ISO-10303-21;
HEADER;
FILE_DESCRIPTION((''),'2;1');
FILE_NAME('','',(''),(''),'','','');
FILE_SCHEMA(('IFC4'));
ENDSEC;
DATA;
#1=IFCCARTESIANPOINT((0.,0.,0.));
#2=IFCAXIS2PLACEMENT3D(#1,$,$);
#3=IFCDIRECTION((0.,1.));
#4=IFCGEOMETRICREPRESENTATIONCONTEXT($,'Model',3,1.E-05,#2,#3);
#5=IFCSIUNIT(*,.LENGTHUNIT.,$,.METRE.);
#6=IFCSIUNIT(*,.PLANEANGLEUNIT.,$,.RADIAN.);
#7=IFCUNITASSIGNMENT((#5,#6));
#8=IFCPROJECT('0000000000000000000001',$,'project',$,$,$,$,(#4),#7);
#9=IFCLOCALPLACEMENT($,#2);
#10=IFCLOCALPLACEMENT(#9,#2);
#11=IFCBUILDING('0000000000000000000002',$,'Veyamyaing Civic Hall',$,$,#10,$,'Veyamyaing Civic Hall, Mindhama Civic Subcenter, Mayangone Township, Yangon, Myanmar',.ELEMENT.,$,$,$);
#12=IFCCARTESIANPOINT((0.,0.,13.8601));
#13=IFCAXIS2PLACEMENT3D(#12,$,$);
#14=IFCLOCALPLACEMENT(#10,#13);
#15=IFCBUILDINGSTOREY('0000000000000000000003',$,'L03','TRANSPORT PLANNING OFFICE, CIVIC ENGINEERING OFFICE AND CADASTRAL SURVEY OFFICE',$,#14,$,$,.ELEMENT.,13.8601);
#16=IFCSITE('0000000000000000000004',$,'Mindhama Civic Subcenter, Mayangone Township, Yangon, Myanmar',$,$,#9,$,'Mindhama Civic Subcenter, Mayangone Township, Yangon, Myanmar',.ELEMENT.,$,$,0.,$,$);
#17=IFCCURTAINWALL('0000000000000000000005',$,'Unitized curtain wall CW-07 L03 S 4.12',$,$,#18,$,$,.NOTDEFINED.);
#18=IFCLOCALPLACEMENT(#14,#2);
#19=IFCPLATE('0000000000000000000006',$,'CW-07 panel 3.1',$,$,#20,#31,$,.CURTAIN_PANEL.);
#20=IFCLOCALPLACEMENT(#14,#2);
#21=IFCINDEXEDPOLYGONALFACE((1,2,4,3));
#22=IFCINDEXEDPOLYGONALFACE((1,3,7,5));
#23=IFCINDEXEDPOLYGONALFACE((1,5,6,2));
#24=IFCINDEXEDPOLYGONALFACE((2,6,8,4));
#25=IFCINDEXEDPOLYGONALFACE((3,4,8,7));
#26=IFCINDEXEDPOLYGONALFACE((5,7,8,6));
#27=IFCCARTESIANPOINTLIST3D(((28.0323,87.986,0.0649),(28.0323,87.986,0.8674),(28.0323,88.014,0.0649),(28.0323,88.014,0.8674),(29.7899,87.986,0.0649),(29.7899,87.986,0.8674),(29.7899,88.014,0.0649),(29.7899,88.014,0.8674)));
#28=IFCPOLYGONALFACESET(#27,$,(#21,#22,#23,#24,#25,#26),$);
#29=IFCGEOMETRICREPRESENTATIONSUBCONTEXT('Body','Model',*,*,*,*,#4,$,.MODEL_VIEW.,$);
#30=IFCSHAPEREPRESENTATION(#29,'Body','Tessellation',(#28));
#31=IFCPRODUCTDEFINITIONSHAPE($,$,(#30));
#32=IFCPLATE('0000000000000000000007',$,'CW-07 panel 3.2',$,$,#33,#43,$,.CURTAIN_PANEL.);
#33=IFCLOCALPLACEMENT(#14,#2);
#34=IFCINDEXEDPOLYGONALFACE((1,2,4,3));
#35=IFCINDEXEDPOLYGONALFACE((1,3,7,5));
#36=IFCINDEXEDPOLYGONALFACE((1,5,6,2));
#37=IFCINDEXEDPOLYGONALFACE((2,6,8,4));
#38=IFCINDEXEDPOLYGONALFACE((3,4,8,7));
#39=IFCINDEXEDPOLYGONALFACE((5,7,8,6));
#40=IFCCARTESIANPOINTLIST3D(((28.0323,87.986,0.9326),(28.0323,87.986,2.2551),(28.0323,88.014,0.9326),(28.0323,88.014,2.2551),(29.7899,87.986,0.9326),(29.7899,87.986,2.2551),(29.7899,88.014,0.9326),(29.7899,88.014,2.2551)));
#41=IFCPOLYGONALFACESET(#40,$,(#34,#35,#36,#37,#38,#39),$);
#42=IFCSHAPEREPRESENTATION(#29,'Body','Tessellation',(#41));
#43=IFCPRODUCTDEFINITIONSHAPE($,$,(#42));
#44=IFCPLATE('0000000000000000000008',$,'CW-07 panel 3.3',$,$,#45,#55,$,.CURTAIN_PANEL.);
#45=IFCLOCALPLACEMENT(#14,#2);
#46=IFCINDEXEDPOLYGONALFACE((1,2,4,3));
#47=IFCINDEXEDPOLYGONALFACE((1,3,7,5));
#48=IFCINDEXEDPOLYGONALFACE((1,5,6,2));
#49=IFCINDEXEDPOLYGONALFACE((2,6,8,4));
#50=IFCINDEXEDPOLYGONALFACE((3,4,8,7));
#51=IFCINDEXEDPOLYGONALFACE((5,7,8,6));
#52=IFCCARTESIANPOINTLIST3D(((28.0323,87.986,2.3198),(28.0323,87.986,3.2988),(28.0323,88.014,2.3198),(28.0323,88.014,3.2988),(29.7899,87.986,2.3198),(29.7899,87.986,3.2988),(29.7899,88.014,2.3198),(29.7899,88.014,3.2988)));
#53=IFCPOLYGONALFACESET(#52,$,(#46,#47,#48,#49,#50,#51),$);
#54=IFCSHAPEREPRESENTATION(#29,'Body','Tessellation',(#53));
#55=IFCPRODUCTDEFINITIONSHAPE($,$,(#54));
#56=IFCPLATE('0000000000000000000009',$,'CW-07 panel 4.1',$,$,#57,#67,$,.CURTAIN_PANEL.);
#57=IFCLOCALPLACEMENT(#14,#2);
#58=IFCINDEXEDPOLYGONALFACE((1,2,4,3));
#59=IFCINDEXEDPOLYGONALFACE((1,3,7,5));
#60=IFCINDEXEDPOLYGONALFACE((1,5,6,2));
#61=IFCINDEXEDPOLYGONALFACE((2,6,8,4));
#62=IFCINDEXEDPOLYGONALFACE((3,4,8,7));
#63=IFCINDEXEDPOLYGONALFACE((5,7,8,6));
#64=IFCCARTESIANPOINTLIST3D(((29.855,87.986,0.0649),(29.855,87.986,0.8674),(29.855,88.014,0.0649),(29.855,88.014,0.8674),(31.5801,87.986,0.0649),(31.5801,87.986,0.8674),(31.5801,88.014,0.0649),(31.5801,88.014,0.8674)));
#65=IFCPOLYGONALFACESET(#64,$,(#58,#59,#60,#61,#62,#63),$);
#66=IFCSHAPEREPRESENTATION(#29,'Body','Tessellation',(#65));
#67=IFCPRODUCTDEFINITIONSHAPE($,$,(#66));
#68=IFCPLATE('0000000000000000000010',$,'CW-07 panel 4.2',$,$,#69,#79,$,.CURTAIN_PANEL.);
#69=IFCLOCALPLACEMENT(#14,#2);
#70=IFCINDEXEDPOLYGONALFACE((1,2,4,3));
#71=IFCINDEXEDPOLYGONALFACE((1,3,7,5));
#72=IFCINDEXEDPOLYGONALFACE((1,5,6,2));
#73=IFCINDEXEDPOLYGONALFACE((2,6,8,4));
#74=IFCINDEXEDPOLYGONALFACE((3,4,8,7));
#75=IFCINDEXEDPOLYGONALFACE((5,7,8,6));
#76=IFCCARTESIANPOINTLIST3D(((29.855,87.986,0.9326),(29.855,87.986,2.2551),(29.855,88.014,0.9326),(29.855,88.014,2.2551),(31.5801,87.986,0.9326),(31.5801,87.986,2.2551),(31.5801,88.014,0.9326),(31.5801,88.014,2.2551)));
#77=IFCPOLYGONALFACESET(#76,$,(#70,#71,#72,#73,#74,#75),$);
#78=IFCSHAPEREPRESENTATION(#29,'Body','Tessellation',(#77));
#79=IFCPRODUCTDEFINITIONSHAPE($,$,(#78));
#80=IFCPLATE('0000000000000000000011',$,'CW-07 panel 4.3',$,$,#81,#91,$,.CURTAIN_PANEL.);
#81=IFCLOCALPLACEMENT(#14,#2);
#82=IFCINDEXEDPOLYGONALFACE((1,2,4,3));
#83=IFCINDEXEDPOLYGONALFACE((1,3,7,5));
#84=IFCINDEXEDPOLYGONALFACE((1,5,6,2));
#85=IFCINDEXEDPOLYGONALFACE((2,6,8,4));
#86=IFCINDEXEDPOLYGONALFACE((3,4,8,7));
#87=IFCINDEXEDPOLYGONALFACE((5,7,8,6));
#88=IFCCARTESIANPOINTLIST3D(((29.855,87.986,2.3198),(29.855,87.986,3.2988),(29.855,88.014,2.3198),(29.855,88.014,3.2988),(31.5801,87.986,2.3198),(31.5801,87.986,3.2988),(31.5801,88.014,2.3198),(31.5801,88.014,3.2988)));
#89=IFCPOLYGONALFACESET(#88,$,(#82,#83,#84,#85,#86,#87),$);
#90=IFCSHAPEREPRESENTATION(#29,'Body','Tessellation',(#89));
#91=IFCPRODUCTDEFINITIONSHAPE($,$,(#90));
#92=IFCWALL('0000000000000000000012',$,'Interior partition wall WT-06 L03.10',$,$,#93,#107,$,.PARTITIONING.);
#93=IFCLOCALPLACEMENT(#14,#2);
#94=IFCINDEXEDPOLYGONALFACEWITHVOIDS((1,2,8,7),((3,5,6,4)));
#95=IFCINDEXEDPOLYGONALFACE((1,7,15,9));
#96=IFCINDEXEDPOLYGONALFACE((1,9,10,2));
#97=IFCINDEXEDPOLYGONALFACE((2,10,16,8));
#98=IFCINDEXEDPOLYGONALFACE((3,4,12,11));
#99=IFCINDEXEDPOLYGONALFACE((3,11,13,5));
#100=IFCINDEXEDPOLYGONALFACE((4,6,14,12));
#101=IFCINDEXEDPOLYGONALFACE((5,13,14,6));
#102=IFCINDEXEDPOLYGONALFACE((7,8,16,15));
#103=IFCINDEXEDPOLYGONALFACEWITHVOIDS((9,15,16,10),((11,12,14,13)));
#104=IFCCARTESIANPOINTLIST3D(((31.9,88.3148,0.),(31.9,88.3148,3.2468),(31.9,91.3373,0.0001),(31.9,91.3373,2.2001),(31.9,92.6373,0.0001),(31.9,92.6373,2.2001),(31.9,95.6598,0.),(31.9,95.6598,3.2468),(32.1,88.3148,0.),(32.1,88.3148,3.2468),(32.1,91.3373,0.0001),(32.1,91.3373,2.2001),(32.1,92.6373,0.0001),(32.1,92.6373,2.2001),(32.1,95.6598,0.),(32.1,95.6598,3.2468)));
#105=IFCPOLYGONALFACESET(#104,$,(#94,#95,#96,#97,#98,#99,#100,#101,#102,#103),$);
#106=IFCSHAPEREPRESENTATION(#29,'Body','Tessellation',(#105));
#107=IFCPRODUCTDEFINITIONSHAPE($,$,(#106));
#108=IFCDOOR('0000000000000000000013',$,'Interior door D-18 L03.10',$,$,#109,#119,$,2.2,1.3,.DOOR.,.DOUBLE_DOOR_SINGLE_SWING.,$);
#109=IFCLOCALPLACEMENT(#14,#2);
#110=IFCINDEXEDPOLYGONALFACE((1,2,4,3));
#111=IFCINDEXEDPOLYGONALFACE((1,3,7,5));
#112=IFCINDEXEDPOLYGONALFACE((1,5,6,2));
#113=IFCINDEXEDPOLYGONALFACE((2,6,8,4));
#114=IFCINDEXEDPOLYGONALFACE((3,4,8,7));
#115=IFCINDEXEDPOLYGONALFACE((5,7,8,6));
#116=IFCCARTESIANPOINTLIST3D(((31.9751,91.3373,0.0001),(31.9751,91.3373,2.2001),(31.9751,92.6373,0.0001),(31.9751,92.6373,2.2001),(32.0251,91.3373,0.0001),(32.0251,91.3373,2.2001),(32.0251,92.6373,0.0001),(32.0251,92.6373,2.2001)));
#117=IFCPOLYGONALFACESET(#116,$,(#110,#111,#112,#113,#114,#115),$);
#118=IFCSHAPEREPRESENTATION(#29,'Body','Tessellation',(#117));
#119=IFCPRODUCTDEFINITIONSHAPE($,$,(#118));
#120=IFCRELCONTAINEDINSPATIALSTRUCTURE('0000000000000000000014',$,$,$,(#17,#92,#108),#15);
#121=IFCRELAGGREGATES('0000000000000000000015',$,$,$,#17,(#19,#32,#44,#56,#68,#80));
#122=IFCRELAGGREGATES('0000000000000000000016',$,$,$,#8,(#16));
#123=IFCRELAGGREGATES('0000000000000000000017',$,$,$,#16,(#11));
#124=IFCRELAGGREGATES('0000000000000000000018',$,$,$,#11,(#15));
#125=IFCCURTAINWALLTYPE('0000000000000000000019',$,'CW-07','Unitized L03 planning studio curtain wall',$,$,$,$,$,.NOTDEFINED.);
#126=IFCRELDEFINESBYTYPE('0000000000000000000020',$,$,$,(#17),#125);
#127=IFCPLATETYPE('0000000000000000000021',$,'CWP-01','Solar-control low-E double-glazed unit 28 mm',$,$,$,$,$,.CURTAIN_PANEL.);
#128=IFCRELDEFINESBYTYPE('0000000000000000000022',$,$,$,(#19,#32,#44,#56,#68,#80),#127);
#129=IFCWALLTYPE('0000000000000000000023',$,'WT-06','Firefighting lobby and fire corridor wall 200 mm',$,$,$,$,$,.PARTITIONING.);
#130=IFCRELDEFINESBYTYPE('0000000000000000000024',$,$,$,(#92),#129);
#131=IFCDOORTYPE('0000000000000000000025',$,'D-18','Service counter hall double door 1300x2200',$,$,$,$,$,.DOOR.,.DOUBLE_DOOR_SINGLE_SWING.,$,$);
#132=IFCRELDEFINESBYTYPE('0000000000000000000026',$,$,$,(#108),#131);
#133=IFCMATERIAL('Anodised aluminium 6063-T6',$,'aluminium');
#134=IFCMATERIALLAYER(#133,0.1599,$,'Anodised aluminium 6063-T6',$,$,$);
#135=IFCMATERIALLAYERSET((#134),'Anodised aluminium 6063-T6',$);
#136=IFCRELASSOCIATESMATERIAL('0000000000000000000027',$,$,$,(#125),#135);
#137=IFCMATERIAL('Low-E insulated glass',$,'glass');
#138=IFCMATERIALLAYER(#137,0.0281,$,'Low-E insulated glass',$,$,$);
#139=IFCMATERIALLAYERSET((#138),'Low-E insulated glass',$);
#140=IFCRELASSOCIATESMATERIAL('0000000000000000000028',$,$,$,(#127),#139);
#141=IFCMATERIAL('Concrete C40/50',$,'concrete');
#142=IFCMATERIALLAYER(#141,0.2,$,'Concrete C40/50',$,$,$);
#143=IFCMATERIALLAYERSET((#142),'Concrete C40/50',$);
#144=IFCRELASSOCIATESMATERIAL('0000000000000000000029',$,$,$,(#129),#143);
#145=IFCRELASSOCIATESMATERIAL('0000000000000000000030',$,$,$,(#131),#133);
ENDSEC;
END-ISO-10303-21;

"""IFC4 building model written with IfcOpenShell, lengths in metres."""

from ifc_helpers import new_model, si_unit, direction, frame, frame_2d, origin, origin_2d, place, context, subcontext, project, spatial, rectangle, extrude, material, layer, layer_set, type_object, element, fill, aggregate, save


model = new_model("IFC4")

# Units and contexts
model_context = context("Model", 3, precision=1e-05, world=origin(), true_north=direction((0.0, 1.0)))
body_context = subcontext(model_context, "Body", "Model", "MODEL_VIEW")
ifc_project = project(units=[si_unit("LENGTHUNIT", "METRE"), si_unit("PLANEANGLEUNIT", "RADIAN")], contexts=[model_context])

# Site, building, storey
site_placement = place(None, origin())
site = spatial("IfcSite", under=ifc_project, at=site_placement, Name="Mindhama Civic Subcenter, Mayangone Township, Yangon, Myanmar", LongName="Mindhama Civic Subcenter, Mayangone Township, Yangon, Myanmar", CompositionType="ELEMENT", RefElevation=0.0)
building_placement = place(site_placement, origin())
building = spatial("IfcBuilding", under=site, at=building_placement, Name="Veyamyaing Civic Hall", LongName="Veyamyaing Civic Hall, Mindhama Civic Subcenter, Mayangone Township, Yangon, Myanmar", CompositionType="ELEMENT")
storey_placement = place(building_placement, frame((0.0, 0.0, 13.8601)))
storey = spatial("IfcBuildingStorey", under=building, at=storey_placement, Name="L03", Description="TRANSPORT PLANNING OFFICE, CIVIC ENGINEERING OFFICE AND CADASTRAL SURVEY OFFICE", CompositionType="ELEMENT", Elevation=13.8601)

# Curtain wall, plates
ifc_material_1 = material(Name="Anodised aluminium 6063-T6", Category="aluminium")
ifc_layer_1 = layer(ifc_material_1, 0.1599, Name="Anodised aluminium 6063-T6")
ifc_layer_set_1 = layer_set([ifc_layer_1], Name="Anodised aluminium 6063-T6")
curtain_wall_type = type_object("IfcCurtainWallType", Name="CW-07", Description="Unitized L03 planning studio curtain wall", PredefinedType="NOTDEFINED", material=ifc_layer_set_1)
curtain_wall_placement = place(storey_placement, origin())
curtain_wall = element("IfcCurtainWall", 1, at=curtain_wall_placement, inside=storey, type_object=curtain_wall_type, Name="Unitized curtain wall CW-07 L03 S 4.12", PredefinedType="NOTDEFINED")
ifc_material_2 = material(Name="Low-E insulated glass", Category="glass")
ifc_layer_2 = layer(ifc_material_2, 0.0281, Name="Low-E insulated glass")
ifc_layer_set_2 = layer_set([ifc_layer_2], Name="Low-E insulated glass")
plate_type = type_object("IfcPlateType", Name="CWP-01", Description="Solar-control low-E double-glazed unit 28 mm", PredefinedType="CURTAIN_PANEL", material=ifc_layer_set_2)
plate_1_placement = place(storey_placement, frame((28.9111, 88.0, 0.0649), z_axis=(0.0, 0.0, 1.0), x_axis=(1.0, 0.0, 0.0)))
plate_1 = element("IfcPlate", 2, at=plate_1_placement, type_object=plate_type, Name="CW-07 panel 3.1", PredefinedType="CURTAIN_PANEL", context=body_context, shape_type="SweptSolid", body=[
    extrude(rectangle(XDim=1.7576, YDim=0.0281, at=origin_2d()), origin(), (0.0, 0.0, 1.0), 0.8025),
])
plate_2_placement = place(storey_placement, frame((28.9111, 88.0, 0.9326), z_axis=(0.0, 0.0, 1.0), x_axis=(1.0, 0.0, 0.0)))
plate_2 = element("IfcPlate", 3, at=plate_2_placement, type_object=plate_type, Name="CW-07 panel 3.2", PredefinedType="CURTAIN_PANEL", context=body_context, shape_type="SweptSolid", body=[
    extrude(rectangle(XDim=1.7576, YDim=0.0281, at=origin_2d()), origin(), (0.0, 0.0, 1.0), 1.3225),
])
plate_3_placement = place(storey_placement, frame((28.9111, 88.0, 2.3198), z_axis=(0.0, 0.0, 1.0), x_axis=(1.0, 0.0, 0.0)))
plate_3 = element("IfcPlate", 4, at=plate_3_placement, type_object=plate_type, Name="CW-07 panel 3.3", PredefinedType="CURTAIN_PANEL", context=body_context, shape_type="SweptSolid", body=[
    extrude(rectangle(XDim=1.7576, YDim=0.0281, at=origin_2d()), origin(), (0.0, 0.0, 1.0), 0.979),
])
plate_4_placement = place(storey_placement, frame((30.7175, 88.0, 0.0649), z_axis=(0.0, 0.0, 1.0), x_axis=(1.0, 0.0, 0.0)))
plate_4 = element("IfcPlate", 5, at=plate_4_placement, type_object=plate_type, Name="CW-07 panel 4.1", PredefinedType="CURTAIN_PANEL", context=body_context, shape_type="SweptSolid", body=[
    extrude(rectangle(XDim=1.7251, YDim=0.0281, at=origin_2d()), origin(), (0.0, 0.0, 1.0), 0.8025),
])
plate_5_placement = place(storey_placement, frame((30.7175, 88.0, 0.9326), z_axis=(0.0, 0.0, 1.0), x_axis=(1.0, 0.0, 0.0)))
plate_5 = element("IfcPlate", 6, at=plate_5_placement, type_object=plate_type, Name="CW-07 panel 4.2", PredefinedType="CURTAIN_PANEL", context=body_context, shape_type="SweptSolid", body=[
    extrude(rectangle(XDim=1.7251, YDim=0.0281, at=origin_2d()), origin(), (0.0, 0.0, 1.0), 1.3225),
])
plate_6_placement = place(storey_placement, frame((30.7175, 88.0, 2.3198), z_axis=(0.0, 0.0, 1.0), x_axis=(1.0, 0.0, 0.0)))
plate_6 = element("IfcPlate", 7, at=plate_6_placement, type_object=plate_type, Name="CW-07 panel 4.3", PredefinedType="CURTAIN_PANEL", context=body_context, shape_type="SweptSolid", body=[
    extrude(rectangle(XDim=1.7251, YDim=0.0281, at=origin_2d()), origin(), (0.0, 0.0, 1.0), 0.979),
])
aggregate(curtain_wall, [plate_1, plate_2, plate_3, plate_4, plate_5, plate_6])

# Wall, opening, door
ifc_material_3 = material(Name="Concrete C40/50", Category="concrete")
ifc_layer_3 = layer(ifc_material_3, 0.2, Name="Concrete C40/50")
ifc_layer_set_3 = layer_set([ifc_layer_3], Name="Concrete C40/50")
wall_type = type_object("IfcWallType", Name="WT-06", Description="Firefighting lobby and fire corridor wall 200 mm", PredefinedType="PARTITIONING", material=ifc_layer_set_3)
wall_placement = place(storey_placement, frame((32.0, 88.3149, 0.0), z_axis=(0.0, 0.0, 1.0), x_axis=(0.0, 1.0, 0.0)))
wall = element("IfcWall", 8, at=wall_placement, inside=storey, type_object=wall_type, Name="Interior partition wall WT-06 L03.10", PredefinedType="PARTITIONING", context=body_context, shape_type="SweptSolid", body=[
    extrude(rectangle(XDim=7.345, YDim=0.2, at=frame_2d((3.6724, 0.0))), origin(), (0.0, 0.0, 1.0), 3.2468),
])
opening_placement = place(wall_placement, frame((3.0225, 0.0, 0.0)))
opening = element("IfcOpeningElement", 9, at=opening_placement, cuts=wall, PredefinedType="OPENING", context=body_context, shape_type="SweptSolid", body=[
    extrude(rectangle(XDim=1.3, YDim=2.2, at=frame_2d((0.6499, 1.1001))), frame((0.0, 0.1099, 0.0), z_axis=(0.0, -1.0, 0.0), x_axis=(1.0, 0.0, 0.0)), (0.0, 0.0, 1.0), 0.22),
])
door_type = type_object("IfcDoorType", Name="D-18", Description="Service counter hall double door 1300x2200", OperationType="DOUBLE_DOOR_SINGLE_SWING", PredefinedType="DOOR", material=ifc_material_1)
door_placement = place(opening_placement, origin())
door = element("IfcDoor", 10, at=door_placement, inside=storey, type_object=door_type, Name="Interior door D-18 L03.10", OperationType="DOUBLE_DOOR_SINGLE_SWING", OverallHeight=2.2, OverallWidth=1.3, PredefinedType="DOOR", context=body_context, shape_type="SweptSolid", body=[
    extrude(rectangle(XDim=1.3, YDim=2.2, at=frame_2d((0.6499, 1.1001))), frame((0.0, 0.0249, 0.0), z_axis=(0.0, -1.0, 0.0), x_axis=(1.0, 0.0, 0.0)), (0.0, 0.0, 1.0), 0.05),
])
fill(opening, door)

save(model, "model.ifc")
